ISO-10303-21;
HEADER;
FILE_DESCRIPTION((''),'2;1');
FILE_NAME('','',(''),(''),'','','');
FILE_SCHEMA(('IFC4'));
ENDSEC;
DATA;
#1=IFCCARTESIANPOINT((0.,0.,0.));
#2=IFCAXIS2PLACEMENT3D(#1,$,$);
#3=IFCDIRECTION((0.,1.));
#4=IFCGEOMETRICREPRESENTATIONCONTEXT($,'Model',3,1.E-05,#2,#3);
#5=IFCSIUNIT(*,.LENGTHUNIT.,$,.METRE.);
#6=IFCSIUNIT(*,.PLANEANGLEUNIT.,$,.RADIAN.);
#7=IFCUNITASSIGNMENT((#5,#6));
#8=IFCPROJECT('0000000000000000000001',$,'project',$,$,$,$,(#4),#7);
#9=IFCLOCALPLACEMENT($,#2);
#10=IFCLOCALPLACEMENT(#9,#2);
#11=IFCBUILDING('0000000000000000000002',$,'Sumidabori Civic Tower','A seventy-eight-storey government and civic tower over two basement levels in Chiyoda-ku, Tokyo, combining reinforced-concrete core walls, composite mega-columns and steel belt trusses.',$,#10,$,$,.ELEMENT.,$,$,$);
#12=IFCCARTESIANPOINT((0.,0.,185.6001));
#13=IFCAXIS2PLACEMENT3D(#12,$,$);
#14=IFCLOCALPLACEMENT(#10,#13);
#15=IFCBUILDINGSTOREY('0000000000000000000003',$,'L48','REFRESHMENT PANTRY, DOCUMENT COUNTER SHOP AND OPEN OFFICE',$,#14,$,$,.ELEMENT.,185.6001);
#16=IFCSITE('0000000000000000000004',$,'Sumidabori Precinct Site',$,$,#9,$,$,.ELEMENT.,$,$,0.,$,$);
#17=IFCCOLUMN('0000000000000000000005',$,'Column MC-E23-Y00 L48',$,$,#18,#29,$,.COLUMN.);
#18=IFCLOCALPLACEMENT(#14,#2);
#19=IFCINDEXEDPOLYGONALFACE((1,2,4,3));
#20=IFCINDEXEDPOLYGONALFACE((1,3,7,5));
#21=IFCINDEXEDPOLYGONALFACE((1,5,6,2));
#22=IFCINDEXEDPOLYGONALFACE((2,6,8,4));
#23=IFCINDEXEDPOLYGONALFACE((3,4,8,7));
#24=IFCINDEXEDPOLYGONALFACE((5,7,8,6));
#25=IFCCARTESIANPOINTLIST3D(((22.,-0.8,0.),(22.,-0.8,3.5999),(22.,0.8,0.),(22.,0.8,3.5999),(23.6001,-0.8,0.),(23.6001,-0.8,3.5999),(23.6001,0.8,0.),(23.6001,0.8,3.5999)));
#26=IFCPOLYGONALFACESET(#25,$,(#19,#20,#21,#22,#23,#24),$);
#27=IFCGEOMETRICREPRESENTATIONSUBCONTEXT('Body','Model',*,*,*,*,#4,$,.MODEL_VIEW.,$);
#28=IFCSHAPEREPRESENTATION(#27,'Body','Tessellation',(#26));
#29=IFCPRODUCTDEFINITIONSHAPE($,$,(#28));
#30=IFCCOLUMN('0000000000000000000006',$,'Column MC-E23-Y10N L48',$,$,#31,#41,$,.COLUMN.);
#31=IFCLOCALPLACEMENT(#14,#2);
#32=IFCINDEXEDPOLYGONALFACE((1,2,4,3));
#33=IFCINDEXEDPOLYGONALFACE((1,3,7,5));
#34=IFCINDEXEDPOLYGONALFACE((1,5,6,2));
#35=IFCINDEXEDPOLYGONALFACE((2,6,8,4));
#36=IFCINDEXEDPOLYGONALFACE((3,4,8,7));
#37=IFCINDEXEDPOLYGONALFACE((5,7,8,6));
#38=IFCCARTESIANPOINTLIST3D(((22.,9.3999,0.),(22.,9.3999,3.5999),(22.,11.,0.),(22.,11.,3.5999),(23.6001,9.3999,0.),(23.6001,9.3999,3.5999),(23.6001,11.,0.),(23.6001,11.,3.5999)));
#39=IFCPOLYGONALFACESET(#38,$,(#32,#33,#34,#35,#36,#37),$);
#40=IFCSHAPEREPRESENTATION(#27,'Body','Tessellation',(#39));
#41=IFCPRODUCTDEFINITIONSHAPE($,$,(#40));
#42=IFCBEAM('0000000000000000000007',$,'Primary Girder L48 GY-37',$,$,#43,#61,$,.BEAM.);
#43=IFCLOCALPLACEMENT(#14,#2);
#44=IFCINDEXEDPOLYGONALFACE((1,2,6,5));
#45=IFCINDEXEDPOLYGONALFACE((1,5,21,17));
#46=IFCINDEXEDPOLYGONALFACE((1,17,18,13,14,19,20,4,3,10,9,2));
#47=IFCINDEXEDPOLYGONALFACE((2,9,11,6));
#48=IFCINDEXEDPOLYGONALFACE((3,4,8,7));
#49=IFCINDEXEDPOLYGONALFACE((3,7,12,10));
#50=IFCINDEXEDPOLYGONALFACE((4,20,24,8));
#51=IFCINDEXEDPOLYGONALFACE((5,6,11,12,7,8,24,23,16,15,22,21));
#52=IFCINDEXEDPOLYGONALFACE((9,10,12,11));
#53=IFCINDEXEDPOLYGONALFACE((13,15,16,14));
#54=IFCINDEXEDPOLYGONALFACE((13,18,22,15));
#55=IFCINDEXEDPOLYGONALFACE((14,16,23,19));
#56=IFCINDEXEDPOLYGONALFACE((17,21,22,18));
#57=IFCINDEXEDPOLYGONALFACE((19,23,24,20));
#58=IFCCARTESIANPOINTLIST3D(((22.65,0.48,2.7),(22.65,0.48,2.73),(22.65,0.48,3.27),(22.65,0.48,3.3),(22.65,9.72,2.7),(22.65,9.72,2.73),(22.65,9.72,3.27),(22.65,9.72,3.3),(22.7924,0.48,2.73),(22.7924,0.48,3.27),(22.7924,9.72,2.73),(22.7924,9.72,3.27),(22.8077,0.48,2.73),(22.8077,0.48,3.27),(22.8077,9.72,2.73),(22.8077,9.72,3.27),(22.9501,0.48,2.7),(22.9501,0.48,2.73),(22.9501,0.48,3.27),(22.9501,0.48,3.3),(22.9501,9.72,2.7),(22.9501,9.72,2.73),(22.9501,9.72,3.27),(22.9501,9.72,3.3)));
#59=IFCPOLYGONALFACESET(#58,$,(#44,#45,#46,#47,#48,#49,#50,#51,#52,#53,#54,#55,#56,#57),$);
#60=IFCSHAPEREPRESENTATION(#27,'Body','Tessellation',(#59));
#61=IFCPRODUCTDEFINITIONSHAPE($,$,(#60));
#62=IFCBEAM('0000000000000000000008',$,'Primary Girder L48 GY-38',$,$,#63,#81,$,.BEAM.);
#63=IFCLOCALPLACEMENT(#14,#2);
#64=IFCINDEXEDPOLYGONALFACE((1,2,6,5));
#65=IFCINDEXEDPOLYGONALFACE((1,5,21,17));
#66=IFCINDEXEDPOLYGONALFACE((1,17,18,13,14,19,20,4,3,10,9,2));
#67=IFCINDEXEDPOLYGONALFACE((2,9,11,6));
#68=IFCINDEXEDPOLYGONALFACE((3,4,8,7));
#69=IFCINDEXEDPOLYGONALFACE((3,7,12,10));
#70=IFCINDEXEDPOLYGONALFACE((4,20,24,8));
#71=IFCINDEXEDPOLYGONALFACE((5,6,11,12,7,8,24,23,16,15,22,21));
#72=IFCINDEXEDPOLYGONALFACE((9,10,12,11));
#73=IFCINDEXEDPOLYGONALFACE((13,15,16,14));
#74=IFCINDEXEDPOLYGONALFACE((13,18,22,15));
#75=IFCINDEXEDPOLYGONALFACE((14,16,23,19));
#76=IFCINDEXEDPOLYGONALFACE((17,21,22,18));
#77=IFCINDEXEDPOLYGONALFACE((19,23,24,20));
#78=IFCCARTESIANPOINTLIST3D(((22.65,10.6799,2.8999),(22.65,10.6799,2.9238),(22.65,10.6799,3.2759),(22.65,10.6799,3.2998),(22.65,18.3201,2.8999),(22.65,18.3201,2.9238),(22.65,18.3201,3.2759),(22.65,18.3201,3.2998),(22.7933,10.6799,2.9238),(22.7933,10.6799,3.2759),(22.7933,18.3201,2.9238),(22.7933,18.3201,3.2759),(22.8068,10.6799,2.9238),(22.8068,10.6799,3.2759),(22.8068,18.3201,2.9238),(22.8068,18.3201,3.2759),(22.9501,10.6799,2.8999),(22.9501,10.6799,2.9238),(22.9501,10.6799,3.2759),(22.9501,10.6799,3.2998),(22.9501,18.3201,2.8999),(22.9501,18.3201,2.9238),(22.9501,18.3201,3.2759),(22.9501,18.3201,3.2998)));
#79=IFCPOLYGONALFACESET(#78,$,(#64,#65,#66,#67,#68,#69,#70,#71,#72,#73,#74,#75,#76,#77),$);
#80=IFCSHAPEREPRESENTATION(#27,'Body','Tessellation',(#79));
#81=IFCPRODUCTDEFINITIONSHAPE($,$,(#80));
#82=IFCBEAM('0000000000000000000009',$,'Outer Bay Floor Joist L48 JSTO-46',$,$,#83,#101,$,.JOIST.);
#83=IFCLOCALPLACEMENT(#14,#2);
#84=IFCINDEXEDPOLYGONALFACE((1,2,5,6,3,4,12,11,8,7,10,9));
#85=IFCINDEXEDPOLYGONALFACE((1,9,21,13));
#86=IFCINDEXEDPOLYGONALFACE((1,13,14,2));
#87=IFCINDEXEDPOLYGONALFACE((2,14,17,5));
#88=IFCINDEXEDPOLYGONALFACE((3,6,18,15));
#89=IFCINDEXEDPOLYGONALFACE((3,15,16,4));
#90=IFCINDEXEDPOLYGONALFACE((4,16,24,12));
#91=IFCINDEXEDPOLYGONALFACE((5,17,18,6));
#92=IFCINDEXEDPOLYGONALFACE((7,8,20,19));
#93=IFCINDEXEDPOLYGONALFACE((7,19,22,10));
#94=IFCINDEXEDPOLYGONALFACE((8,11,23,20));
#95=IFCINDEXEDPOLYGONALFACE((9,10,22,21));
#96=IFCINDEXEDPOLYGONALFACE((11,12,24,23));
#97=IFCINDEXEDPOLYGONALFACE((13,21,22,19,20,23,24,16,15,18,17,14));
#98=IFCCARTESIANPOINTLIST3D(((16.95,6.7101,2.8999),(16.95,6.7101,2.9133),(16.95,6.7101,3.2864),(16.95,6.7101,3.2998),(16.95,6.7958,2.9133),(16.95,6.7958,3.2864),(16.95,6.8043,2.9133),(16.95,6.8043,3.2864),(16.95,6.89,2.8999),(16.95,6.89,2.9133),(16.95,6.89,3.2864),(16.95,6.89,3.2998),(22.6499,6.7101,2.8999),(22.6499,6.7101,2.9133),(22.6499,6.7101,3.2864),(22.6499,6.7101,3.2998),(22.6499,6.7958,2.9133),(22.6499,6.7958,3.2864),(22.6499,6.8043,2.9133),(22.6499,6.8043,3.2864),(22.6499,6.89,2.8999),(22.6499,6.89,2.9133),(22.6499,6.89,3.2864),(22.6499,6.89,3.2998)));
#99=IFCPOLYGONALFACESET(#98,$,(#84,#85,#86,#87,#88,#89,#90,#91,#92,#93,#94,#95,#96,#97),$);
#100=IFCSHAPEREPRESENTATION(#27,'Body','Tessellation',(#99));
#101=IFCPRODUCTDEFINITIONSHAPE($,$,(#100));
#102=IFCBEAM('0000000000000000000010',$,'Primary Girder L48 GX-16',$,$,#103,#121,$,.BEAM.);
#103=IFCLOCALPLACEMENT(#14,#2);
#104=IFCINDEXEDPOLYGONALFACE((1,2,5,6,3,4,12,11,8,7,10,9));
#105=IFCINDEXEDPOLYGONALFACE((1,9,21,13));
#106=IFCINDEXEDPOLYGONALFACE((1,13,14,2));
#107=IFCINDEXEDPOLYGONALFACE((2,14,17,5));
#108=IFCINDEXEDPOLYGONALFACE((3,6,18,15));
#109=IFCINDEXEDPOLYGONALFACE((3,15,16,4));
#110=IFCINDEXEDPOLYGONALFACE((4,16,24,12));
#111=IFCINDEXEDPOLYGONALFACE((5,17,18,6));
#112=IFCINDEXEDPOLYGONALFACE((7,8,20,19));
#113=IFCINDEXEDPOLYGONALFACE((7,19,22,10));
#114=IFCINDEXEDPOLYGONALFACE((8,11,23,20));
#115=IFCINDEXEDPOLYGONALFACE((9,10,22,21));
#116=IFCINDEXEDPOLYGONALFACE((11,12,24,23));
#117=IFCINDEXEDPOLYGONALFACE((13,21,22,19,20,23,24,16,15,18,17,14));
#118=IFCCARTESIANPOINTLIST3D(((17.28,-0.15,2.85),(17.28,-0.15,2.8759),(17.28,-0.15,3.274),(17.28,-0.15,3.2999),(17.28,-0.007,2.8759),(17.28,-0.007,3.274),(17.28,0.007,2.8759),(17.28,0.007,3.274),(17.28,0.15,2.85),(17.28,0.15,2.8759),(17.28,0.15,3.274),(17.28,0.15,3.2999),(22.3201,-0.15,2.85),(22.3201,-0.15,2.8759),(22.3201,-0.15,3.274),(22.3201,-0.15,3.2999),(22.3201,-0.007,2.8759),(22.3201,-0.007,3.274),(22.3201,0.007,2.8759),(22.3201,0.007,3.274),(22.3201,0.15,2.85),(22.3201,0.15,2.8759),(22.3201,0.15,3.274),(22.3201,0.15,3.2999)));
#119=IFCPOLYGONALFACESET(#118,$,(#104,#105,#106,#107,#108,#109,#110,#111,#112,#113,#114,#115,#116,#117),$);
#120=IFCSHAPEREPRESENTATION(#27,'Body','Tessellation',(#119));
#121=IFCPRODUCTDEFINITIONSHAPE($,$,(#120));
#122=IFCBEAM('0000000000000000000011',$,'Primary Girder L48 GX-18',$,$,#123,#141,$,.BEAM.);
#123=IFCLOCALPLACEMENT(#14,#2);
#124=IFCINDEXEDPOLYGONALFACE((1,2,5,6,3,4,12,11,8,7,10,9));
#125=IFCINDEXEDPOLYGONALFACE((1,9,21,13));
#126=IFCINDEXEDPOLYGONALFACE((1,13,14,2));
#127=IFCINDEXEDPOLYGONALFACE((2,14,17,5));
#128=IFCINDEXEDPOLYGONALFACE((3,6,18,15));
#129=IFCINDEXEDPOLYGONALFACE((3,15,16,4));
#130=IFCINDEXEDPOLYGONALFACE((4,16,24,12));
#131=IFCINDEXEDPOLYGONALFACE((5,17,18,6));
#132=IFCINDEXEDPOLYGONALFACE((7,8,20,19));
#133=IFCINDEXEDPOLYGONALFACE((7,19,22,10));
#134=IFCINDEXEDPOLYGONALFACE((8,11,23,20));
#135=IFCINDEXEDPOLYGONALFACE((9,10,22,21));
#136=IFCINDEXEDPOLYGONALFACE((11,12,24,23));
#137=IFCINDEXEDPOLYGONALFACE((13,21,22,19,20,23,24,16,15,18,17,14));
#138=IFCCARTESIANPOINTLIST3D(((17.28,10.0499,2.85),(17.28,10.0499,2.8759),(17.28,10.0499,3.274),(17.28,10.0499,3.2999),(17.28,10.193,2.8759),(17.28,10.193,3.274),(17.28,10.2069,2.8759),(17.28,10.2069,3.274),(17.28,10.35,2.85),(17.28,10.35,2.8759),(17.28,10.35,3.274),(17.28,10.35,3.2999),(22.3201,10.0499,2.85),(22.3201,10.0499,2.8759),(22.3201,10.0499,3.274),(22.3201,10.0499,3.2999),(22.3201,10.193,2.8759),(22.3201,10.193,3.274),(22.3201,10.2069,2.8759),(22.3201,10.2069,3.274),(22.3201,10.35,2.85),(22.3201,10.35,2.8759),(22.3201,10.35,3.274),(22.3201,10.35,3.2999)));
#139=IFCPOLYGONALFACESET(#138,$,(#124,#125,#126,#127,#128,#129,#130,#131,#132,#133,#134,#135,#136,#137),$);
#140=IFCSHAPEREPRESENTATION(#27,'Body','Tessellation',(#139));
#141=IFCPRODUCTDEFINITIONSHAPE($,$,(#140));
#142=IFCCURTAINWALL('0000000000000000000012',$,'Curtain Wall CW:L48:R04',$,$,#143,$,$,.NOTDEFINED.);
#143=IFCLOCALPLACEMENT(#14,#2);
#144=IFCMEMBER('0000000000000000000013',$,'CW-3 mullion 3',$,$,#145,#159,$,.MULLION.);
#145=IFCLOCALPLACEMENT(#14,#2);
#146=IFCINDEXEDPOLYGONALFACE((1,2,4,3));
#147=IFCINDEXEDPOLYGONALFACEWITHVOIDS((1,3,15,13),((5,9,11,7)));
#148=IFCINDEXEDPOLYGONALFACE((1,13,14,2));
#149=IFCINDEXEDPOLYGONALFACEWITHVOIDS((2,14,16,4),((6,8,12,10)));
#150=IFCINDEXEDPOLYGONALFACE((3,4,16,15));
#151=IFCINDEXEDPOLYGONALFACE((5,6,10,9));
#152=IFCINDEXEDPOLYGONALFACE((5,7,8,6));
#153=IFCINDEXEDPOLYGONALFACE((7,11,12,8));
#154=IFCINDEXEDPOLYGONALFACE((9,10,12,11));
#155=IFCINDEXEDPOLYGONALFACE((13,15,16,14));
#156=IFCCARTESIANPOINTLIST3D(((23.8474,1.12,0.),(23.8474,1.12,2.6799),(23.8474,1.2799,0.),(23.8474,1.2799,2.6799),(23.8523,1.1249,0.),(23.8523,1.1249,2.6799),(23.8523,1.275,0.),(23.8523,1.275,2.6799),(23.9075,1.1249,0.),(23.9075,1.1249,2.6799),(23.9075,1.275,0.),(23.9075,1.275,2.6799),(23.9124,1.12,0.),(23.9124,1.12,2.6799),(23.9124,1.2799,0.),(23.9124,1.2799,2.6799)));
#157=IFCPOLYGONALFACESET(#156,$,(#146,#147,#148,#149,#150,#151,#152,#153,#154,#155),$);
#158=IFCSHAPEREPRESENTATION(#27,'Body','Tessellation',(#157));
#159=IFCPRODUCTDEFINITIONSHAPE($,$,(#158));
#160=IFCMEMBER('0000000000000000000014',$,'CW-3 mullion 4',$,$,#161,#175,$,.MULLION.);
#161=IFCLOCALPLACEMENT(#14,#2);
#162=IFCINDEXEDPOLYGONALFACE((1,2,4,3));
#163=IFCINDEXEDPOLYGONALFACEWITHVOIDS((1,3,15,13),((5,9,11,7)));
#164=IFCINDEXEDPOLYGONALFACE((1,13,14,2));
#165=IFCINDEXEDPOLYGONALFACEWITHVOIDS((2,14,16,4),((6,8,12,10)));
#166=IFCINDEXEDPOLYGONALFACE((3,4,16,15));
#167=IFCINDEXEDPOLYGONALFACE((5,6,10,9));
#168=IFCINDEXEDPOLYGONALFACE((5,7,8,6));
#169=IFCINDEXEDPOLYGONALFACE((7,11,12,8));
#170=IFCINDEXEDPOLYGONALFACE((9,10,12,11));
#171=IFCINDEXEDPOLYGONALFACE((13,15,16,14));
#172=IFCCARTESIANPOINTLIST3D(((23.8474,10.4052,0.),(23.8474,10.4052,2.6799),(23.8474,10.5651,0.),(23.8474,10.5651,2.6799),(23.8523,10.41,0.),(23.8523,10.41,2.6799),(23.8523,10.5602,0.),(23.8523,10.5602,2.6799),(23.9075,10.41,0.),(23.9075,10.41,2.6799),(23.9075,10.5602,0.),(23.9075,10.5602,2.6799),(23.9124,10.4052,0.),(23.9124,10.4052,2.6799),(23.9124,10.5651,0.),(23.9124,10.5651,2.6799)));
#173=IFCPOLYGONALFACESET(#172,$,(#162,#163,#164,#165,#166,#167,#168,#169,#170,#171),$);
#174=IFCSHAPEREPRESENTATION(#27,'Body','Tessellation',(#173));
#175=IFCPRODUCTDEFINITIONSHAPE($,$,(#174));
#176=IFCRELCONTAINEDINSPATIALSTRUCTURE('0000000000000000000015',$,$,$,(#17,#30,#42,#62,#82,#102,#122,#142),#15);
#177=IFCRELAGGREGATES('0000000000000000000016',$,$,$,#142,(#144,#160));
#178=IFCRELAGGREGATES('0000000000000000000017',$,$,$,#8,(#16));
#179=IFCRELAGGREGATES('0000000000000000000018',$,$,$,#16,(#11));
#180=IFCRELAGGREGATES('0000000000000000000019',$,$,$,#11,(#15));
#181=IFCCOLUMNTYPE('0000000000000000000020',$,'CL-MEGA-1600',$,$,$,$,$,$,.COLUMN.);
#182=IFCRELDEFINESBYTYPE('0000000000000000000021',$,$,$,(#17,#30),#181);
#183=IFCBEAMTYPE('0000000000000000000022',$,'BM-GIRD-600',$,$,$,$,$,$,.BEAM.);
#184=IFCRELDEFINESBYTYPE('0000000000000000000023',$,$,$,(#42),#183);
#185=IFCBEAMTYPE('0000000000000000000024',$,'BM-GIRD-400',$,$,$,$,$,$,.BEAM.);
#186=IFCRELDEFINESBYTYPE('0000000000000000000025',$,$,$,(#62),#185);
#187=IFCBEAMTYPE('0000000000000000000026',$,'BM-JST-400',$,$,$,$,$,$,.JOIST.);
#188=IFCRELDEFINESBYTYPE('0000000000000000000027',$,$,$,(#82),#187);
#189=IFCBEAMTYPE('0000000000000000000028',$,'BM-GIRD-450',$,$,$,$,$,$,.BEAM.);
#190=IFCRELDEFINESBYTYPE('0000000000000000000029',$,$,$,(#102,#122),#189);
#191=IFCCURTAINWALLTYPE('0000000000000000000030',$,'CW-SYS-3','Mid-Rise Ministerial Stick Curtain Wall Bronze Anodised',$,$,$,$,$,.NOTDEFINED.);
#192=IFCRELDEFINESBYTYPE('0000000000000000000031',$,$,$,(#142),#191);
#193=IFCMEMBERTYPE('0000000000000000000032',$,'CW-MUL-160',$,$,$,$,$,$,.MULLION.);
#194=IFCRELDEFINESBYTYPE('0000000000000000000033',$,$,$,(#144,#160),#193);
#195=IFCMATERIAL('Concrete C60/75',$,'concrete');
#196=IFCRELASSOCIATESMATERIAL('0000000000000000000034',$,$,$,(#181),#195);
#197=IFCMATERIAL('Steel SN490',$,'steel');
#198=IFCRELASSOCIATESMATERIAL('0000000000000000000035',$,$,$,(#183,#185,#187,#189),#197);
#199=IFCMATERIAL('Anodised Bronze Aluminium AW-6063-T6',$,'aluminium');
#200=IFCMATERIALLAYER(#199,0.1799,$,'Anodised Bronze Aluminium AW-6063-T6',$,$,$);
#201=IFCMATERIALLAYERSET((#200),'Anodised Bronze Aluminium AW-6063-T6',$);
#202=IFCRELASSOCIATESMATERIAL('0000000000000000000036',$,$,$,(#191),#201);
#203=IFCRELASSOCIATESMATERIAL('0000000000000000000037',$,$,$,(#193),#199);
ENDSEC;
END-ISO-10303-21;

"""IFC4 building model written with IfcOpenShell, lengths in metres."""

from ifc_helpers import new_model, si_unit, direction, frame, origin, origin_2d, place, context, subcontext, project, spatial, rectangle, hollow_rectangle, i_section, extrude, source, transform, mapped, material, layer, layer_set, material_profile, profile_set, type_object, element, aggregate, save


model = new_model("IFC4")

# Units and contexts
model_context = context("Model", 3, precision=1e-05, world=origin(), true_north=direction((0.0, 1.0)))
body_context = subcontext(model_context, "Body", "Model", "MODEL_VIEW")
ifc_project = project(units=[si_unit("LENGTHUNIT", "METRE"), si_unit("PLANEANGLEUNIT", "RADIAN")], contexts=[model_context])

# Site, building, storey
site_placement = place(None, origin())
site = spatial("IfcSite", under=ifc_project, at=site_placement, Name="Sumidabori Precinct Site", CompositionType="ELEMENT", RefElevation=0.0)
building_placement = place(site_placement, origin())
building = spatial("IfcBuilding", under=site, at=building_placement, Name="Sumidabori Civic Tower", Description="A seventy-eight-storey government and civic tower over two basement levels in Chiyoda-ku, Tokyo, combining reinforced-concrete core walls, composite mega-columns and steel belt trusses.", CompositionType="ELEMENT")
storey_placement = place(building_placement, frame((0.0, 0.0, 185.6001)))
storey = spatial("IfcBuildingStorey", under=building, at=storey_placement, Name="L48", Description="REFRESHMENT PANTRY, DOCUMENT COUNTER SHOP AND OPEN OFFICE", CompositionType="ELEMENT", Elevation=185.6001)

# Columns
ifc_material_1 = material(Name="Concrete C60/75", Category="concrete")
ifc_material_profile_1 = material_profile(ifc_material_1, rectangle(XDim=1.6001, YDim=1.6001, at=origin_2d()), Name="RC 1600x1600")
ifc_profile_set_1 = profile_set([ifc_material_profile_1], Name="Concrete C60/75")
column_type = type_object("IfcColumnType", Name="CL-MEGA-1600", PredefinedType="COLUMN", material=ifc_profile_set_1)
shared_shape_1 = source(origin(), body_context, "Body", "SweptSolid", [
    extrude(rectangle(XDim=1.6001, YDim=1.6001, at=origin_2d()), origin(), (0.0, 0.0, 1.0), 3.5999),
])
for number, where, z_axis, x_axis, name in (
    (1, (22.8, 0.0, 0.0), (0.0, 0.0, 1.0), (1.0, 0.0, 0.0), "Column MC-E23-Y00 L48"),
    (2, (22.8, 10.2, 0.0), (0.0, 0.0, 1.0), (1.0, 0.0, 0.0), "Column MC-E23-Y10N L48"),
):
    element("IfcColumn", number, at=place(storey_placement, frame(where, z_axis=z_axis, x_axis=x_axis)), inside=storey, type_object=column_type, Name=name, PredefinedType="COLUMN", context=body_context, shape_type="MappedRepresentation", body=[
        mapped(shared_shape_1, transform((0.0, 0.0, 0.0), x_axis=(1.0, 0.0, 0.0), y_axis=(0.0, 1.0, 0.0), z_axis=(0.0, 0.0, 1.0), scale=1.0)),
    ])

# Beams
ifc_material_2 = material(Name="Steel SN490", Category="steel")
ifc_material_profile_2 = material_profile(ifc_material_2, i_section(OverallWidth=0.3, OverallDepth=0.6001, WebThickness=0.0154, FlangeThickness=0.03, at=origin_2d()), Name="HE 600 B")
ifc_profile_set_2 = profile_set([ifc_material_profile_2], Name="Steel SN490")
beam_type_1 = type_object("IfcBeamType", Name="BM-GIRD-600", PredefinedType="BEAM", material=ifc_profile_set_2)
shared_shape_2 = source(origin(), body_context, "Body", "SweptSolid", [
    extrude(i_section(OverallWidth=0.3, OverallDepth=0.6001, WebThickness=0.0154, FlangeThickness=0.03, at=origin_2d()), origin(), (0.0, 0.0, 1.0), 9.24),
])
beam_1_placement = place(storey_placement, frame((22.8, 0.48, 3.0), z_axis=(0.0, 1.0, 0.0), x_axis=(-1.0, 0.0, 0.0)))
element("IfcBeam", 3, at=beam_1_placement, inside=storey, type_object=beam_type_1, Name="Primary Girder L48 GY-37", PredefinedType="BEAM", context=body_context, shape_type="MappedRepresentation", body=[
    mapped(shared_shape_2, transform((0.0, 0.0, 0.0), x_axis=(1.0, 0.0, 0.0), y_axis=(0.0, 1.0, 0.0), z_axis=(0.0, 0.0, 1.0), scale=1.0)),
])
ifc_material_profile_3 = material_profile(ifc_material_2, i_section(OverallWidth=0.3, OverallDepth=0.3999, WebThickness=0.0134, FlangeThickness=0.0239, at=origin_2d()), Name="HE 400 B")
ifc_profile_set_3 = profile_set([ifc_material_profile_3], Name="Steel SN490")
beam_type_2 = type_object("IfcBeamType", Name="BM-GIRD-400", PredefinedType="BEAM", material=ifc_profile_set_3)
shared_shape_3 = source(origin(), body_context, "Body", "SweptSolid", [
    extrude(i_section(OverallWidth=0.3, OverallDepth=0.3999, WebThickness=0.0134, FlangeThickness=0.0239, at=origin_2d()), origin(), (0.0, 0.0, 1.0), 7.6401),
])
beam_2_placement = place(storey_placement, frame((22.8, 10.6799, 3.0999), z_axis=(0.0, 1.0, 0.0), x_axis=(-1.0, 0.0, 0.0)))
element("IfcBeam", 4, at=beam_2_placement, inside=storey, type_object=beam_type_2, Name="Primary Girder L48 GY-38", PredefinedType="BEAM", context=body_context, shape_type="MappedRepresentation", body=[
    mapped(shared_shape_3, transform((0.0, 0.0, 0.0), x_axis=(1.0, 0.0, 0.0), y_axis=(0.0, 1.0, 0.0), z_axis=(0.0, 0.0, 1.0), scale=1.0)),
])
ifc_material_profile_4 = material_profile(ifc_material_2, i_section(OverallWidth=0.1799, OverallDepth=0.3999, WebThickness=0.0085, FlangeThickness=0.0134, at=origin_2d()), Name="IPE 400")
ifc_profile_set_4 = profile_set([ifc_material_profile_4], Name="Steel SN490")
beam_type_3 = type_object("IfcBeamType", Name="BM-JST-400", PredefinedType="JOIST", material=ifc_profile_set_4)
shared_shape_4 = source(origin(), body_context, "Body", "SweptSolid", [
    extrude(i_section(OverallWidth=0.1799, OverallDepth=0.3999, WebThickness=0.0085, FlangeThickness=0.0134, at=origin_2d()), origin(), (0.0, 0.0, 1.0), 5.7),
])
beam_3_placement = place(storey_placement, frame((16.95, 6.8, 3.0999), z_axis=(1.0, 0.0, 0.0), x_axis=(0.0, 1.0, 0.0)))
element("IfcBeam", 5, at=beam_3_placement, inside=storey, type_object=beam_type_3, Name="Outer Bay Floor Joist L48 JSTO-46", PredefinedType="JOIST", context=body_context, shape_type="MappedRepresentation", body=[
    mapped(shared_shape_4, transform((0.0, 0.0, 0.0), x_axis=(1.0, 0.0, 0.0), y_axis=(0.0, 1.0, 0.0), z_axis=(0.0, 0.0, 1.0), scale=1.0)),
])
ifc_material_profile_5 = material_profile(ifc_material_2, i_section(OverallWidth=0.3, OverallDepth=0.45, WebThickness=0.0139, FlangeThickness=0.0259, at=origin_2d()), Name="HE 450 B")
ifc_profile_set_5 = profile_set([ifc_material_profile_5], Name="Steel SN490")
beam_type_4 = type_object("IfcBeamType", Name="BM-GIRD-450", PredefinedType="BEAM", material=ifc_profile_set_5)
shared_shape_5 = source(origin(), body_context, "Body", "SweptSolid", [
    extrude(i_section(OverallWidth=0.3, OverallDepth=0.45, WebThickness=0.0139, FlangeThickness=0.0259, at=origin_2d()), origin(), (0.0, 0.0, 1.0), 5.04),
])
for number, where, z_axis, x_axis, name in (
    (6, (17.28, 0.0, 3.075), (1.0, 0.0, 0.0), (0.0, 1.0, 0.0), "Primary Girder L48 GX-16"),
    (7, (17.28, 10.2, 3.075), (1.0, 0.0, 0.0), (0.0, 1.0, 0.0), "Primary Girder L48 GX-18"),
):
    element("IfcBeam", number, at=place(storey_placement, frame(where, z_axis=z_axis, x_axis=x_axis)), inside=storey, type_object=beam_type_4, Name=name, PredefinedType="BEAM", context=body_context, shape_type="MappedRepresentation", body=[
        mapped(shared_shape_5, transform((0.0, 0.0, 0.0), x_axis=(1.0, 0.0, 0.0), y_axis=(0.0, 1.0, 0.0), z_axis=(0.0, 0.0, 1.0), scale=1.0)),
    ])

# Curtain wall, members
ifc_material_3 = material(Name="Anodised Bronze Aluminium AW-6063-T6", Category="aluminium")
ifc_layer_1 = layer(ifc_material_3, 0.1799, Name="Anodised Bronze Aluminium AW-6063-T6")
ifc_layer_set_1 = layer_set([ifc_layer_1], Name="Anodised Bronze Aluminium AW-6063-T6")
curtain_wall_type = type_object("IfcCurtainWallType", Name="CW-SYS-3", Description="Mid-Rise Ministerial Stick Curtain Wall Bronze Anodised", PredefinedType="NOTDEFINED", material=ifc_layer_set_1)
curtain_wall_placement = place(storey_placement, origin())
curtain_wall = element("IfcCurtainWall", 8, at=curtain_wall_placement, inside=storey, type_object=curtain_wall_type, Name="Curtain Wall CW:L48:R04", PredefinedType="NOTDEFINED")
ifc_material_profile_6 = material_profile(ifc_material_3, hollow_rectangle(XDim=0.0649, YDim=0.1599, WallThickness=0.0049, at=origin_2d()), Name="ALU MULLION 160x65")
ifc_profile_set_6 = profile_set([ifc_material_profile_6], Name="Anodised Bronze Aluminium AW-6063-T6")
member_type_1 = type_object("IfcMemberType", Name="CW-MUL-160", PredefinedType="MULLION", material=ifc_profile_set_6)
shared_shape_6 = source(origin(), body_context, "Body", "SweptSolid", [
    extrude(hollow_rectangle(XDim=0.0649, YDim=0.1599, WallThickness=0.0049, at=origin_2d()), origin(), (0.0, 0.0, 1.0), 2.6799),
])
member_1_placement = place(storey_placement, frame((23.8799, 1.2, 0.0), z_axis=(0.0, 0.0, 1.0), x_axis=(-1.0, 0.0, 0.0)))
member_1 = element("IfcMember", 9, at=member_1_placement, type_object=member_type_1, Name="CW-3 mullion 3", PredefinedType="MULLION", context=body_context, shape_type="MappedRepresentation", body=[
    mapped(shared_shape_6, transform((0.0, 0.0, 0.0), x_axis=(1.0, 0.0, 0.0), y_axis=(0.0, 1.0, 0.0), z_axis=(0.0, 0.0, 1.0), scale=1.0)),
])
member_2_placement = place(storey_placement, frame((23.8799, 10.4851, 0.0), z_axis=(0.0, 0.0, 1.0), x_axis=(-1.0, 0.0, 0.0)))
member_2 = element("IfcMember", 10, at=member_2_placement, type_object=member_type_1, Name="CW-3 mullion 4", PredefinedType="MULLION", context=body_context, shape_type="MappedRepresentation", body=[
    mapped(shared_shape_6, transform((0.0, 0.0, 0.0), x_axis=(1.0, 0.0, 0.0), y_axis=(0.0, 1.0, 0.0), z_axis=(0.0, 0.0, 1.0), scale=1.0)),
])
aggregate(curtain_wall, [member_1, member_2])

save(model, "model.ifc")
